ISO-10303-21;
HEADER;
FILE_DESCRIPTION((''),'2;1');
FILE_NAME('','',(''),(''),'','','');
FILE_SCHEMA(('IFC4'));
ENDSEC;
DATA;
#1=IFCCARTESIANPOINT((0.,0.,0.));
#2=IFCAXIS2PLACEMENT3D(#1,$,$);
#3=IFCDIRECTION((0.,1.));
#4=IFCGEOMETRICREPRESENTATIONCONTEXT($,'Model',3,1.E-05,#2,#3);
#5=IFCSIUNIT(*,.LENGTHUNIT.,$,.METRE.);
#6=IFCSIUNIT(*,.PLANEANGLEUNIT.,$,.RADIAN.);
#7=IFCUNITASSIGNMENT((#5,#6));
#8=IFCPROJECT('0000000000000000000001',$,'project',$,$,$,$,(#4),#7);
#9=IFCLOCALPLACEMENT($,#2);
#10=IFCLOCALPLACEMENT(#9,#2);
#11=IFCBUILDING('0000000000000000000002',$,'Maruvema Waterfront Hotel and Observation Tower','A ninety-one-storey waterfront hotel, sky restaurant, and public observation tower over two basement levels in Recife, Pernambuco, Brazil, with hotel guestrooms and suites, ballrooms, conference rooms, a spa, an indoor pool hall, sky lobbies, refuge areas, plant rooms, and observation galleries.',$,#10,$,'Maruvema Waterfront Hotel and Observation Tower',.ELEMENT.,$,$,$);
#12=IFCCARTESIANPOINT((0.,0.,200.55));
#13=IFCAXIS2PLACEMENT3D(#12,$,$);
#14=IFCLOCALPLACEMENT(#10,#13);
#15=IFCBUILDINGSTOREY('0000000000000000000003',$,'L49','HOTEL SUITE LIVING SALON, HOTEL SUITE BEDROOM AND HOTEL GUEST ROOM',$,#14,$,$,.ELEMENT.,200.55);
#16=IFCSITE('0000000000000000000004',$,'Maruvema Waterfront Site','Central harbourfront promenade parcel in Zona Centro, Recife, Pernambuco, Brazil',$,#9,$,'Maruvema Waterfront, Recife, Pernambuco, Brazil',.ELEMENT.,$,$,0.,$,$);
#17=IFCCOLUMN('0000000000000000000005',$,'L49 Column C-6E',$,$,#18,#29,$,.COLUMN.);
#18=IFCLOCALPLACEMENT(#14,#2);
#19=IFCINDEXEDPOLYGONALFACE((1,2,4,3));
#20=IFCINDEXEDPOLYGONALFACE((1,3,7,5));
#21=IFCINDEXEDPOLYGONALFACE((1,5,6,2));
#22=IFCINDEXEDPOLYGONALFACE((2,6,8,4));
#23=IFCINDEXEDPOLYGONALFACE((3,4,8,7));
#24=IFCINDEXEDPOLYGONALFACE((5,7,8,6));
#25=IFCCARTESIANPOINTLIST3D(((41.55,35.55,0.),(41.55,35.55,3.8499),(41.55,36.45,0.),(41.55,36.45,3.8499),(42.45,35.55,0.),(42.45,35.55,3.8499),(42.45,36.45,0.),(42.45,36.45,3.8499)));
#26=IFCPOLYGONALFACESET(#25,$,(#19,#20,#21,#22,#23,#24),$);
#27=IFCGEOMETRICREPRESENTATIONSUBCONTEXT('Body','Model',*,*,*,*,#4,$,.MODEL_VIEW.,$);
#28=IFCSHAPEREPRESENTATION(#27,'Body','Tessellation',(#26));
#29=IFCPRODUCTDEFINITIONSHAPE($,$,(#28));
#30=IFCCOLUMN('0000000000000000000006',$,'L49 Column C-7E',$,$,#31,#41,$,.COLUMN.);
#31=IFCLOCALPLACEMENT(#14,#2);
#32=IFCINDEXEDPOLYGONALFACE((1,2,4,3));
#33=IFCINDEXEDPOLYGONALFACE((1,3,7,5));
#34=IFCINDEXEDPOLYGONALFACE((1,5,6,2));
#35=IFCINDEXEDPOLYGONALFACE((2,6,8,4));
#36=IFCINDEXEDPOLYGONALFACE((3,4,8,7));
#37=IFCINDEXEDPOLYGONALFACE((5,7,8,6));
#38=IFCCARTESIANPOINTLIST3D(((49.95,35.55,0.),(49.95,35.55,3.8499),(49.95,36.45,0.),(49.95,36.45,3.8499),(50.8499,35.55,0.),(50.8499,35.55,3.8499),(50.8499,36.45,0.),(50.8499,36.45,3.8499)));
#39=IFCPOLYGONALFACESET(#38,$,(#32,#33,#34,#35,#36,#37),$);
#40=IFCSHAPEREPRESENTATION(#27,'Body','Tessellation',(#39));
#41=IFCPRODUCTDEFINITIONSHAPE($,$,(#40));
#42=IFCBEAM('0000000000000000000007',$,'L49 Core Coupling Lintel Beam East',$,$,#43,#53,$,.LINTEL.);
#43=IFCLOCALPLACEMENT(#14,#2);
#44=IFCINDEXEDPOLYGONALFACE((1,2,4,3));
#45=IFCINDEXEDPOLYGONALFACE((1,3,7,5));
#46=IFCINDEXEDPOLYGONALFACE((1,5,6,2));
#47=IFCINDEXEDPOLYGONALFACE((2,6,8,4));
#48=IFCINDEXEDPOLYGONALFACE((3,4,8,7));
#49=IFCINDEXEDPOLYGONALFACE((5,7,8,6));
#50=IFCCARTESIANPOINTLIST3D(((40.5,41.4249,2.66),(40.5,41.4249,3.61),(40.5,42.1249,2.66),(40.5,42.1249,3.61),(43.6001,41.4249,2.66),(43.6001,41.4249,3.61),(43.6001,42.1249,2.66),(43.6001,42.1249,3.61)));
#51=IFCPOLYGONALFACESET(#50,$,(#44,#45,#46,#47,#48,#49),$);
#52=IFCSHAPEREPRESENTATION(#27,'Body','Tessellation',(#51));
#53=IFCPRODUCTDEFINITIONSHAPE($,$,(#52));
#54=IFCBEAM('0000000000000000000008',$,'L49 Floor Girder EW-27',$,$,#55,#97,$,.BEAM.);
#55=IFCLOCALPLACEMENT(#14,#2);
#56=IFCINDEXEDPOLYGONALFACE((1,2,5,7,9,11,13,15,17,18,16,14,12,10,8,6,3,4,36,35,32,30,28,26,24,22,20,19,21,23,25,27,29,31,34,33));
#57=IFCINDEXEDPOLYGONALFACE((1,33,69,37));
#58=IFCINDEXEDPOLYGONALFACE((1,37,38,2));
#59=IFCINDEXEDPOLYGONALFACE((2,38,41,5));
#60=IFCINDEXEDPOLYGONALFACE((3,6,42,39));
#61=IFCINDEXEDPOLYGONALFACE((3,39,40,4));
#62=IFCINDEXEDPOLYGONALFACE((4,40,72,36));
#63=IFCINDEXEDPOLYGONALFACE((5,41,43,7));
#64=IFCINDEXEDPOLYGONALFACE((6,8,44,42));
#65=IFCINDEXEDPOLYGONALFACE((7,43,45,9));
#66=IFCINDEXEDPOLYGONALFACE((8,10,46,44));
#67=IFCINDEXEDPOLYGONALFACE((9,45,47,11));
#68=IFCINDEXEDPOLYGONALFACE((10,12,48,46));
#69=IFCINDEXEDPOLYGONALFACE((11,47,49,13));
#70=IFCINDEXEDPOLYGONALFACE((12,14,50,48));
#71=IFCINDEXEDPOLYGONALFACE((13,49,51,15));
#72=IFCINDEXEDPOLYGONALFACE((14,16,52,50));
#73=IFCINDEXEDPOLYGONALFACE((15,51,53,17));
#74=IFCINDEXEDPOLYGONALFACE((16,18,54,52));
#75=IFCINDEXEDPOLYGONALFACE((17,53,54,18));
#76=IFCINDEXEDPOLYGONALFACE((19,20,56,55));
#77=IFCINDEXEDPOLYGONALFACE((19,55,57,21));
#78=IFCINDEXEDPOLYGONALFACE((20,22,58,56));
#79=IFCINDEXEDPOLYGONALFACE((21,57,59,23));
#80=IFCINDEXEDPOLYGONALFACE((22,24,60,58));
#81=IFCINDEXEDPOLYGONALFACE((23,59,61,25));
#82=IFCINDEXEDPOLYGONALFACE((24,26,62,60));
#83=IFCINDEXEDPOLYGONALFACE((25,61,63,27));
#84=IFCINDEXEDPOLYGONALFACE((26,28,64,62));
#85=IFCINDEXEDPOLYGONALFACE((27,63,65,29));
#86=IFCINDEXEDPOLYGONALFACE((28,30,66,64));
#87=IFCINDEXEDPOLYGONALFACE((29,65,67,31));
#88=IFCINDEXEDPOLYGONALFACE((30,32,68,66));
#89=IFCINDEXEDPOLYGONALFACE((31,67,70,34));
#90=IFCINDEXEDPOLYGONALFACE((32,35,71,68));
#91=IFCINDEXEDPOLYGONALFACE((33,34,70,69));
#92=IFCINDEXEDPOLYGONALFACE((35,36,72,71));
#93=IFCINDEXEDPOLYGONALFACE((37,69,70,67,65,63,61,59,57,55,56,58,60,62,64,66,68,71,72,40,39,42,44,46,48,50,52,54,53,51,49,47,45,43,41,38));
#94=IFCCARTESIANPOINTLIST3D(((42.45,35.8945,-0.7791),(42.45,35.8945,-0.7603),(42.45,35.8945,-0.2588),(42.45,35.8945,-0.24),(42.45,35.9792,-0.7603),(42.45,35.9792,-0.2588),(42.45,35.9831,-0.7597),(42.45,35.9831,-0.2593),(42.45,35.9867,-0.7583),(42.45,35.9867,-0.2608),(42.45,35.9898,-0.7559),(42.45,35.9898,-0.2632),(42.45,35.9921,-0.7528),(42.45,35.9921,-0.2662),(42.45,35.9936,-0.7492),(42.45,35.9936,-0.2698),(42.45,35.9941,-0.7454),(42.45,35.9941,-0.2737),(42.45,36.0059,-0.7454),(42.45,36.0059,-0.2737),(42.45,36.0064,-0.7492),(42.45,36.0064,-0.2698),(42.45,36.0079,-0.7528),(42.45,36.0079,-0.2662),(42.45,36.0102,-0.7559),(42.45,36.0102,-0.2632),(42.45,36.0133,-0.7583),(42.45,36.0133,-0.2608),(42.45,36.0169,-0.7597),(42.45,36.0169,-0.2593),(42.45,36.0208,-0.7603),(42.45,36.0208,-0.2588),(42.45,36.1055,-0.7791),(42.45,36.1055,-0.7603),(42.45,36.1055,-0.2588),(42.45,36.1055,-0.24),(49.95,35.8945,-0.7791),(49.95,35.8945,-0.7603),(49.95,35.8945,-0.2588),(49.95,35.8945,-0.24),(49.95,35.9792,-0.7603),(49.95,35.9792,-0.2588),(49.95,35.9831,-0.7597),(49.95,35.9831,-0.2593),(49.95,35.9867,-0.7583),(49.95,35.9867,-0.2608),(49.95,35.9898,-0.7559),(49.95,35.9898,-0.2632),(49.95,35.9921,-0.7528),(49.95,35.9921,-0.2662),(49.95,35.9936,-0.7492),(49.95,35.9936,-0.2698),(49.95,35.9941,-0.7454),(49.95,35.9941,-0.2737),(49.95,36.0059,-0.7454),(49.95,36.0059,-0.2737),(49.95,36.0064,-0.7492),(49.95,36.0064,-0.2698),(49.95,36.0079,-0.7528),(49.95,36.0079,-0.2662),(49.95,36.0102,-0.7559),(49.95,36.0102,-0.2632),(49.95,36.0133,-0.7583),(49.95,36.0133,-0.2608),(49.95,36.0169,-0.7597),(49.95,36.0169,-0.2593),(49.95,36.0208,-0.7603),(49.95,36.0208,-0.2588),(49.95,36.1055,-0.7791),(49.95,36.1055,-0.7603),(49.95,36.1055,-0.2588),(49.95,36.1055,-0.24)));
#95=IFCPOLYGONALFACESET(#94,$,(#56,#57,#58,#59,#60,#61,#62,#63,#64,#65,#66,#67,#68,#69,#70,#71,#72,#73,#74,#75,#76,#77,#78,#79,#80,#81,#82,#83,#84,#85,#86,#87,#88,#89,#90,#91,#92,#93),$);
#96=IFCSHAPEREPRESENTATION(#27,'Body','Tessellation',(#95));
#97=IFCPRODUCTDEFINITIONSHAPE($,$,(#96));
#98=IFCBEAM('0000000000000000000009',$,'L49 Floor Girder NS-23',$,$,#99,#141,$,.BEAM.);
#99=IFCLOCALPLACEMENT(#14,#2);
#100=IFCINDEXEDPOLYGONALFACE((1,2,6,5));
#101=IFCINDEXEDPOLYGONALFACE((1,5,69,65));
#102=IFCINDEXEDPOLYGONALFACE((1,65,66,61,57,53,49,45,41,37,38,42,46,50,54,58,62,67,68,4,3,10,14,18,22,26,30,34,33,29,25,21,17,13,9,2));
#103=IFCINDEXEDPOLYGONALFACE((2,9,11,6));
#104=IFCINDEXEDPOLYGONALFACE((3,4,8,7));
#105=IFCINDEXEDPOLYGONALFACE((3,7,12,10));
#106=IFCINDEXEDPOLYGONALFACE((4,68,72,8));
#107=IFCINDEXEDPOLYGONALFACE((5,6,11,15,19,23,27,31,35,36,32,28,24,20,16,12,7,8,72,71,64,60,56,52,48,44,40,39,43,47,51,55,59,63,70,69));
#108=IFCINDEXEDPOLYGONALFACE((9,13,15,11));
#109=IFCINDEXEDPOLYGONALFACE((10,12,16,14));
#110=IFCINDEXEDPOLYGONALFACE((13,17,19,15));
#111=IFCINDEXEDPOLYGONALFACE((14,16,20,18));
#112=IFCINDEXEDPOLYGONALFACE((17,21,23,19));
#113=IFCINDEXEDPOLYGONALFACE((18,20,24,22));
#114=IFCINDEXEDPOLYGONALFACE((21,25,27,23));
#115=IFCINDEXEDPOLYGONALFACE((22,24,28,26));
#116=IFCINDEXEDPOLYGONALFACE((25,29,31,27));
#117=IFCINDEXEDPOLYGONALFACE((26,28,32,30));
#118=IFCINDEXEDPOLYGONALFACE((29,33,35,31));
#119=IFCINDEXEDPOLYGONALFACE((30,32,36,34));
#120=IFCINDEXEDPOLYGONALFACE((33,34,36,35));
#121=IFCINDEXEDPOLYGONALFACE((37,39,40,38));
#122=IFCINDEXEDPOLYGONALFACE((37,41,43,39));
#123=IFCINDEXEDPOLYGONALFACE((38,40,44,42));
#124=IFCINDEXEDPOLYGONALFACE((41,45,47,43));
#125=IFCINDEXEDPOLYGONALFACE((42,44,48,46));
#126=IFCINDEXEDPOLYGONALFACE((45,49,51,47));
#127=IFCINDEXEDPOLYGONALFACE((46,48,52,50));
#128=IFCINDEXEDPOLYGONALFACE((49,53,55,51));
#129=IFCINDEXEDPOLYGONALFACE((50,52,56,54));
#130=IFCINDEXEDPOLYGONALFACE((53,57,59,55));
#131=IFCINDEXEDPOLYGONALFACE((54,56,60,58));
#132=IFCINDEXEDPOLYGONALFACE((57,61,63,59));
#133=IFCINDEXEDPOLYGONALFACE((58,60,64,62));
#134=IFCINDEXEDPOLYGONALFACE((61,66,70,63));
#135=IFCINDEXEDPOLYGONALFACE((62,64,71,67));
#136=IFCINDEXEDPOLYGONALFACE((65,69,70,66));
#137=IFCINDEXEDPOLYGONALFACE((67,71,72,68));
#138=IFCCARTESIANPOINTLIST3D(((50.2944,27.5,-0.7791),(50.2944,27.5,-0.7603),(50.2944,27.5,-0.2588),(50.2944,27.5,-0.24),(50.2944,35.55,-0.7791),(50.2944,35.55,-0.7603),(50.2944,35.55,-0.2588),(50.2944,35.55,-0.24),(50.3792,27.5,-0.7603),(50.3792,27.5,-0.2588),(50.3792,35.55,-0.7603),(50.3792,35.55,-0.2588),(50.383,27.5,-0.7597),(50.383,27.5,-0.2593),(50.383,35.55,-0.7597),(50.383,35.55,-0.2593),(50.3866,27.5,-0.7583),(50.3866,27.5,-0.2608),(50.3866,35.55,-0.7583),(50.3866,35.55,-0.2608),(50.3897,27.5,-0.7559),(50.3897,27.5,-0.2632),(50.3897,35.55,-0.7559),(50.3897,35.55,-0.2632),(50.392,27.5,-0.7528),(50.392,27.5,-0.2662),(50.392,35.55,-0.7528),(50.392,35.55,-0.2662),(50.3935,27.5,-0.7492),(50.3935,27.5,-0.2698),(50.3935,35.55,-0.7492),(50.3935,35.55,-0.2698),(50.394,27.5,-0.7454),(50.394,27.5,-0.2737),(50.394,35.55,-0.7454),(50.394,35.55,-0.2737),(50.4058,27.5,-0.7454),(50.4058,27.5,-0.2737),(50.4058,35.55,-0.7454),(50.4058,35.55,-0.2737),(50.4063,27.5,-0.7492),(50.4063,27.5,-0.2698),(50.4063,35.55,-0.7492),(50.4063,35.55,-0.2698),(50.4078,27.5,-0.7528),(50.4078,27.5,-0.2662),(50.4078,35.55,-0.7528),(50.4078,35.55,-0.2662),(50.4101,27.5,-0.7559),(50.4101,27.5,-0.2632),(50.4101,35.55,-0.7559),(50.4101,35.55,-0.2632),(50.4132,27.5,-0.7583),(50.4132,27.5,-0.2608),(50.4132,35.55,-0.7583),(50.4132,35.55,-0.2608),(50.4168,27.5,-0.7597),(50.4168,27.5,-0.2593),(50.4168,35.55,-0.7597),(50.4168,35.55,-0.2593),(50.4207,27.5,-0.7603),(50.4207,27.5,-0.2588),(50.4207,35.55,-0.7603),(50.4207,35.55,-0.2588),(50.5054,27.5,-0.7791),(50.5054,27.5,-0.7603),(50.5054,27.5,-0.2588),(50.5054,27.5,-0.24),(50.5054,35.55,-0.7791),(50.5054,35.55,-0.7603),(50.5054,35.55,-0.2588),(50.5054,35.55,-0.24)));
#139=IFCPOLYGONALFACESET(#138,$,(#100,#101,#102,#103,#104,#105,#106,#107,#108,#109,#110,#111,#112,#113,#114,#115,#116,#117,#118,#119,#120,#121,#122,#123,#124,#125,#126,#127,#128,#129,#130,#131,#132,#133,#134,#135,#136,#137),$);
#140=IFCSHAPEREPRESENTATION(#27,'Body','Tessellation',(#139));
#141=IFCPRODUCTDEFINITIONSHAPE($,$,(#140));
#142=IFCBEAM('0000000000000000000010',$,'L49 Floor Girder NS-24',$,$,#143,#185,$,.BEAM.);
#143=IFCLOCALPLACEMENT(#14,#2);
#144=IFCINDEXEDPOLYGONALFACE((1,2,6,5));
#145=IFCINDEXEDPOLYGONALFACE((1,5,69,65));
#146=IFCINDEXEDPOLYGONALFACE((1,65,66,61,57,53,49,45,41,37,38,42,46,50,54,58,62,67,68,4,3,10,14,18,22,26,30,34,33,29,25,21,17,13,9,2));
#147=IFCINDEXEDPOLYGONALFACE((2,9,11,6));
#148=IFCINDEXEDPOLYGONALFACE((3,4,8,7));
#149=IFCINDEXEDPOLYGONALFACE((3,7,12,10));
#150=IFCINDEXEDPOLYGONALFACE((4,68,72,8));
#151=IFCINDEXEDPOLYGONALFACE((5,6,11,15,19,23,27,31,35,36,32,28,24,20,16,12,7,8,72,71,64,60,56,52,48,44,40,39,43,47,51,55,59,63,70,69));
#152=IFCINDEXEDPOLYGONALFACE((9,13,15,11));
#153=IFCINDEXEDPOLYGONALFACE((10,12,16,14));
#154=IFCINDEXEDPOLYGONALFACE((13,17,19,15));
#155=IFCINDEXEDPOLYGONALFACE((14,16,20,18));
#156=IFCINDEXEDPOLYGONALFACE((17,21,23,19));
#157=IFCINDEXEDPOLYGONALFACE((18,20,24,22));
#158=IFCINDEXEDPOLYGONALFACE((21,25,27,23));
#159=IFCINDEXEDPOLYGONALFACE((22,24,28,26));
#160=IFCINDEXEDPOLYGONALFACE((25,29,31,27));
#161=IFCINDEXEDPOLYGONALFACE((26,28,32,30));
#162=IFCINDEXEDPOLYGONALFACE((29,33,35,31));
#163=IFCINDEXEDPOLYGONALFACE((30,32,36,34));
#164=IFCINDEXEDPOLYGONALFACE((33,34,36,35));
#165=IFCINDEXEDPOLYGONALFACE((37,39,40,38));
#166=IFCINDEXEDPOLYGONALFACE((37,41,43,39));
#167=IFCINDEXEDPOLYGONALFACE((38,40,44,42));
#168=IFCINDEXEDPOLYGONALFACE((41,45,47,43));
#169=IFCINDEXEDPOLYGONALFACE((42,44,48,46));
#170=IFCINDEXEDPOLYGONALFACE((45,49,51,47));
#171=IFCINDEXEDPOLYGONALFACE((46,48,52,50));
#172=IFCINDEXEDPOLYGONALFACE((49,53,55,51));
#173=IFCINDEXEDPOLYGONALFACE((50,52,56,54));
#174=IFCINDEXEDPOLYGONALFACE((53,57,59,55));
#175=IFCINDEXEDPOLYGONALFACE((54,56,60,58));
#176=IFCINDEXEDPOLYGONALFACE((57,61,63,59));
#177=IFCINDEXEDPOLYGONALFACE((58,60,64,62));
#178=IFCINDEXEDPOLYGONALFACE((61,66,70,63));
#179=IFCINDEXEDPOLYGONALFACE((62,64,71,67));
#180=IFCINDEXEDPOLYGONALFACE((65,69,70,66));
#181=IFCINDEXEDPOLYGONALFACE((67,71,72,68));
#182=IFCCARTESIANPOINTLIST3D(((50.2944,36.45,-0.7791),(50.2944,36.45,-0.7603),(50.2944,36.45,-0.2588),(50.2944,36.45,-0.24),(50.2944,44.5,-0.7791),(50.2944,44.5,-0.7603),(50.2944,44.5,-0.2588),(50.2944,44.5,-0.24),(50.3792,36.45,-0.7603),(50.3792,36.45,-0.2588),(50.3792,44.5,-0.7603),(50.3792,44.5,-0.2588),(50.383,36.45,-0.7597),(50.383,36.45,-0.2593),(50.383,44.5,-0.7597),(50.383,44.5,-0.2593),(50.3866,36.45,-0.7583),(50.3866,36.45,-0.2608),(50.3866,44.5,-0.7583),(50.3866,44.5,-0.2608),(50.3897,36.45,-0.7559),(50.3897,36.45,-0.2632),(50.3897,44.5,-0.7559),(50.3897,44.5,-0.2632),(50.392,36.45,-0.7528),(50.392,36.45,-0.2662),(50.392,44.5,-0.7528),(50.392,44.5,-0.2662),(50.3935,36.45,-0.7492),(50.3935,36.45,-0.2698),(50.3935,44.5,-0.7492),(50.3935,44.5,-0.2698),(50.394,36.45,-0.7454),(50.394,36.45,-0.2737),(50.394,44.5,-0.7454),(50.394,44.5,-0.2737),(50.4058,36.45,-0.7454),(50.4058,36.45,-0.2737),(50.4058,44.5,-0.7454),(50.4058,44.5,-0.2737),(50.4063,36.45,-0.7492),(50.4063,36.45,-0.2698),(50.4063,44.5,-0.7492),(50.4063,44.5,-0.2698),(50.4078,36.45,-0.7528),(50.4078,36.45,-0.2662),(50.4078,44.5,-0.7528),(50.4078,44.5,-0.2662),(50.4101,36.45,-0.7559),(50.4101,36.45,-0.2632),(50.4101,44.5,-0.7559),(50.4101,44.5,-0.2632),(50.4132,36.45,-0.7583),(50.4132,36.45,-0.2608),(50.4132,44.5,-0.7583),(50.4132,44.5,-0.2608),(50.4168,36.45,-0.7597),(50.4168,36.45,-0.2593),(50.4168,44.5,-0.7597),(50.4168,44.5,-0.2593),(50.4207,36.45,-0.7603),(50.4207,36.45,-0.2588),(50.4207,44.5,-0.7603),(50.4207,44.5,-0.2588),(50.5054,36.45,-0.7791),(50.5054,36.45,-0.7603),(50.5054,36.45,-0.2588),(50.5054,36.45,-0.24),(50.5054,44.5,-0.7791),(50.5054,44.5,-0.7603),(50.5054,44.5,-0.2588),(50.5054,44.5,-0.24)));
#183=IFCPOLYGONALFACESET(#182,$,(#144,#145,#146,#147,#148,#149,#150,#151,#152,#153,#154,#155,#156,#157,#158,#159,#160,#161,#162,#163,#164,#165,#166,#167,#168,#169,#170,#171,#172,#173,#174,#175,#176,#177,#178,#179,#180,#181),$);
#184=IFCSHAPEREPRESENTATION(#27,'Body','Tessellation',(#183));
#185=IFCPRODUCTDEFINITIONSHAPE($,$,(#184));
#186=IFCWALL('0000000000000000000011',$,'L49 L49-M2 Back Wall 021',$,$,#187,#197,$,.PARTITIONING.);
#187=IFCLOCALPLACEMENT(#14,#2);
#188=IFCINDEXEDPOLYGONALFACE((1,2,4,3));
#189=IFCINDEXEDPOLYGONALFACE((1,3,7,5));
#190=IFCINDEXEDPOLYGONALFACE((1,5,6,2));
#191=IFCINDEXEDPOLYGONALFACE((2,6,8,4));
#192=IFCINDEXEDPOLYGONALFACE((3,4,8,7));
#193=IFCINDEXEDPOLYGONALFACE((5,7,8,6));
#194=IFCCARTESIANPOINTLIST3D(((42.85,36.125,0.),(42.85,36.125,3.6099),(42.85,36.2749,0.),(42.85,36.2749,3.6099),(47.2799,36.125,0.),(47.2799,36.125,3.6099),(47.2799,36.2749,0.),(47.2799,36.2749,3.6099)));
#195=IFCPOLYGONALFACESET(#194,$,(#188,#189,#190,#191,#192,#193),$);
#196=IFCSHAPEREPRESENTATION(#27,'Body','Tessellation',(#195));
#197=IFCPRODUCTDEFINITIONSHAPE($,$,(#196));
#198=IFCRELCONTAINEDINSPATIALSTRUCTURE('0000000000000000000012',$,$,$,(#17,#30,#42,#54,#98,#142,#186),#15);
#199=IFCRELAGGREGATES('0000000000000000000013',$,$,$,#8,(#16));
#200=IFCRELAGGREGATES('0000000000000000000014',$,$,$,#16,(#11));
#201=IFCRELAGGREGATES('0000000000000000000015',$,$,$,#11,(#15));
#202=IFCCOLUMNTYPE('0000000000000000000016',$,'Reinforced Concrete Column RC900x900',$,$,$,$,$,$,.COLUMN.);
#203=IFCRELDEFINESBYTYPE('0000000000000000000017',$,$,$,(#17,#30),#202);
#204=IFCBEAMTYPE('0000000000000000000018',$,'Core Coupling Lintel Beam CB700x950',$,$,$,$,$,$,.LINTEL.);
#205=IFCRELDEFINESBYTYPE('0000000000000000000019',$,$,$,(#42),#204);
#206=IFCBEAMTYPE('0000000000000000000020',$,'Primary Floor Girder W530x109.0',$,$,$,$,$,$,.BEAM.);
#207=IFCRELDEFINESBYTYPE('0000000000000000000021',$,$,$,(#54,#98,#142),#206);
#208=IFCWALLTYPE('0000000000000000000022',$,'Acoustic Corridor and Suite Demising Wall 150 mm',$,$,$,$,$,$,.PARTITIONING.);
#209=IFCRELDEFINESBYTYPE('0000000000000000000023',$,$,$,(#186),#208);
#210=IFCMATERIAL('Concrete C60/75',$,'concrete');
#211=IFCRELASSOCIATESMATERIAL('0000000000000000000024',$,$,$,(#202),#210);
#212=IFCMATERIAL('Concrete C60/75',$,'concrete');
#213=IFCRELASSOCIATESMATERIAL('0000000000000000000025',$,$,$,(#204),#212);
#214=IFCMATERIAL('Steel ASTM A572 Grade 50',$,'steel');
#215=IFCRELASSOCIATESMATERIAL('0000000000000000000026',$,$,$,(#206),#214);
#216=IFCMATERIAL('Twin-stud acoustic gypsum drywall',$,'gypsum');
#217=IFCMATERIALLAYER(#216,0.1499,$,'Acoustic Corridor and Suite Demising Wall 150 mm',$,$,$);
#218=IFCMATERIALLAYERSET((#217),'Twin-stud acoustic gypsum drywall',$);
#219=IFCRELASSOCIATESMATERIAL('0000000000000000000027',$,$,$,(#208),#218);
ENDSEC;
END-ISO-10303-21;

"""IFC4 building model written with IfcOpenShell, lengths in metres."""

from ifc_helpers import new_model, si_unit, direction, frame, frame_2d, origin, origin_2d, place, context, subcontext, project, spatial, rectangle, i_section, extrude, material, layer, layer_set, material_profile, profile_set, type_object, element, save


model = new_model("IFC4")

# Units and contexts
model_context = context("Model", 3, precision=1e-05, world=origin(), true_north=direction((0.0, 1.0)))
body_context = subcontext(model_context, "Body", "Model", "MODEL_VIEW")
ifc_project = project(units=[si_unit("LENGTHUNIT", "METRE"), si_unit("PLANEANGLEUNIT", "RADIAN")], contexts=[model_context])

# Site, building, storey
site_placement = place(None, origin())
site = spatial("IfcSite", under=ifc_project, at=site_placement, Name="Maruvema Waterfront Site", Description="Central harbourfront promenade parcel in Zona Centro, Recife, Pernambuco, Brazil", LongName="Maruvema Waterfront, Recife, Pernambuco, Brazil", CompositionType="ELEMENT", RefElevation=0.0)
building_placement = place(site_placement, origin())
building = spatial("IfcBuilding", under=site, at=building_placement, Name="Maruvema Waterfront Hotel and Observation Tower", Description="A ninety-one-storey waterfront hotel, sky restaurant, and public observation tower over two basement levels in Recife, Pernambuco, Brazil, with hotel guestrooms and suites, ballrooms, conference rooms, a spa, an indoor pool hall, sky lobbies, refuge areas, plant rooms, and observation galleries.", LongName="Maruvema Waterfront Hotel and Observation Tower", CompositionType="ELEMENT")
storey_placement = place(building_placement, frame((0.0, 0.0, 200.55)))
storey = spatial("IfcBuildingStorey", under=building, at=storey_placement, Name="L49", Description="HOTEL SUITE LIVING SALON, HOTEL SUITE BEDROOM AND HOTEL GUEST ROOM", CompositionType="ELEMENT", Elevation=200.55)

# Columns
ifc_material_1 = material(Name="Concrete C60/75", Category="concrete")
ifc_material_profile_1 = material_profile(ifc_material_1, rectangle(XDim=0.8999, YDim=0.8999, at=origin_2d()), Name="RC900x900")
ifc_profile_set_1 = profile_set([ifc_material_profile_1], Name="Concrete C60/75")
column_type = type_object("IfcColumnType", Name="Reinforced Concrete Column RC900x900", PredefinedType="COLUMN", material=ifc_profile_set_1)
for number, where, z_axis, x_axis, name in (
    (1, (42.0, 36.0, 0.0), (0.0, 0.0, 1.0), (1.0, 0.0, 0.0), "L49 Column C-6E"),
    (2, (50.3999, 36.0, 0.0), (0.0, 0.0, 1.0), (1.0, 0.0, 0.0), "L49 Column C-7E"),
):
    element("IfcColumn", number, at=place(storey_placement, frame(where, z_axis=z_axis, x_axis=x_axis)), inside=storey, type_object=column_type, Name=name, PredefinedType="COLUMN", context=body_context, shape_type="SweptSolid", body=[
        extrude(rectangle(XDim=0.8999, YDim=0.8999, at=origin_2d()), origin(), (0.0, 0.0, 1.0), 3.8499),
    ])

# Beams
ifc_material_2 = material(Name="Concrete C60/75", Category="concrete")
ifc_material_profile_2 = material_profile(ifc_material_2, rectangle(XDim=0.7, YDim=0.95, at=origin_2d()), Name="CB700x950")
ifc_profile_set_2 = profile_set([ifc_material_profile_2], Name="Concrete C60/75")
beam_type_1 = type_object("IfcBeamType", Name="Core Coupling Lintel Beam CB700x950", PredefinedType="LINTEL", material=ifc_profile_set_2)
beam_1_placement = place(storey_placement, frame((40.5, 41.7749, 3.135), z_axis=(1.0, 0.0, 0.0), x_axis=(0.0, 1.0, 0.0)))
element("IfcBeam", 3, at=beam_1_placement, inside=storey, type_object=beam_type_1, Name="L49 Core Coupling Lintel Beam East", PredefinedType="LINTEL", context=body_context, shape_type="SweptSolid", body=[
    extrude(rectangle(XDim=0.7, YDim=0.95, at=origin_2d()), origin(), (0.0, 0.0, 1.0), 3.1001),
])
ifc_material_3 = material(Name="Steel ASTM A572 Grade 50", Category="steel")
ifc_material_profile_3 = material_profile(ifc_material_3, i_section(OverallWidth=0.2109, OverallDepth=0.5391, WebThickness=0.0117, FlangeThickness=0.0188, FilletRadius=0.0149, at=origin_2d()), Name="W530x109.0")
ifc_profile_set_3 = profile_set([ifc_material_profile_3], Name="Steel ASTM A572 Grade 50")
beam_type_2 = type_object("IfcBeamType", Name="Primary Floor Girder W530x109.0", PredefinedType="BEAM", material=ifc_profile_set_3)
beam_2_placement = place(storey_placement, frame((42.45, 36.0, -0.5095), z_axis=(1.0, 0.0, 0.0), x_axis=(0.0, 1.0, 0.0)))
element("IfcBeam", 4, at=beam_2_placement, inside=storey, type_object=beam_type_2, Name="L49 Floor Girder EW-27", PredefinedType="BEAM", context=body_context, shape_type="SweptSolid", body=[
    extrude(i_section(OverallWidth=0.2109, OverallDepth=0.5391, WebThickness=0.0117, FlangeThickness=0.0188, FilletRadius=0.0149, at=origin_2d()), origin(), (0.0, 0.0, 1.0), 7.5),
])
for number, where, z_axis, x_axis, name in (
    (5, (50.3999, 27.5, -0.5095), (0.0, 1.0, 0.0), (-1.0, 0.0, 0.0), "L49 Floor Girder NS-23"),
    (6, (50.3999, 36.45, -0.5095), (0.0, 1.0, 0.0), (-1.0, 0.0, 0.0), "L49 Floor Girder NS-24"),
):
    element("IfcBeam", number, at=place(storey_placement, frame(where, z_axis=z_axis, x_axis=x_axis)), inside=storey, type_object=beam_type_2, Name=name, PredefinedType="BEAM", context=body_context, shape_type="SweptSolid", body=[
        extrude(i_section(OverallWidth=0.2109, OverallDepth=0.5391, WebThickness=0.0117, FlangeThickness=0.0188, FilletRadius=0.0149, at=origin_2d()), origin(), (0.0, 0.0, 1.0), 8.05),
    ])

# Wall
ifc_material_4 = material(Name="Twin-stud acoustic gypsum drywall", Category="gypsum")
ifc_layer_1 = layer(ifc_material_4, 0.1499, Name="Acoustic Corridor and Suite Demising Wall 150 mm")
ifc_layer_set_1 = layer_set([ifc_layer_1], Name="Twin-stud acoustic gypsum drywall")
wall_type_1 = type_object("IfcWallType", Name="Acoustic Corridor and Suite Demising Wall 150 mm", PredefinedType="PARTITIONING", material=ifc_layer_set_1)
wall_1_placement = place(storey_placement, frame((42.8501, 36.2, 0.0), z_axis=(0.0, 0.0, 1.0), x_axis=(1.0, 0.0, 0.0)))
element("IfcWall", 7, at=wall_1_placement, inside=storey, type_object=wall_type_1, Name="L49 L49-M2 Back Wall 021", PredefinedType="PARTITIONING", context=body_context, shape_type="SweptSolid", body=[
    extrude(rectangle(XDim=4.4299, YDim=0.1499, at=frame_2d((2.2148, 0.0))), origin(), (0.0, 0.0, 1.0), 3.6099),
])

save(model, "model.ifc")
